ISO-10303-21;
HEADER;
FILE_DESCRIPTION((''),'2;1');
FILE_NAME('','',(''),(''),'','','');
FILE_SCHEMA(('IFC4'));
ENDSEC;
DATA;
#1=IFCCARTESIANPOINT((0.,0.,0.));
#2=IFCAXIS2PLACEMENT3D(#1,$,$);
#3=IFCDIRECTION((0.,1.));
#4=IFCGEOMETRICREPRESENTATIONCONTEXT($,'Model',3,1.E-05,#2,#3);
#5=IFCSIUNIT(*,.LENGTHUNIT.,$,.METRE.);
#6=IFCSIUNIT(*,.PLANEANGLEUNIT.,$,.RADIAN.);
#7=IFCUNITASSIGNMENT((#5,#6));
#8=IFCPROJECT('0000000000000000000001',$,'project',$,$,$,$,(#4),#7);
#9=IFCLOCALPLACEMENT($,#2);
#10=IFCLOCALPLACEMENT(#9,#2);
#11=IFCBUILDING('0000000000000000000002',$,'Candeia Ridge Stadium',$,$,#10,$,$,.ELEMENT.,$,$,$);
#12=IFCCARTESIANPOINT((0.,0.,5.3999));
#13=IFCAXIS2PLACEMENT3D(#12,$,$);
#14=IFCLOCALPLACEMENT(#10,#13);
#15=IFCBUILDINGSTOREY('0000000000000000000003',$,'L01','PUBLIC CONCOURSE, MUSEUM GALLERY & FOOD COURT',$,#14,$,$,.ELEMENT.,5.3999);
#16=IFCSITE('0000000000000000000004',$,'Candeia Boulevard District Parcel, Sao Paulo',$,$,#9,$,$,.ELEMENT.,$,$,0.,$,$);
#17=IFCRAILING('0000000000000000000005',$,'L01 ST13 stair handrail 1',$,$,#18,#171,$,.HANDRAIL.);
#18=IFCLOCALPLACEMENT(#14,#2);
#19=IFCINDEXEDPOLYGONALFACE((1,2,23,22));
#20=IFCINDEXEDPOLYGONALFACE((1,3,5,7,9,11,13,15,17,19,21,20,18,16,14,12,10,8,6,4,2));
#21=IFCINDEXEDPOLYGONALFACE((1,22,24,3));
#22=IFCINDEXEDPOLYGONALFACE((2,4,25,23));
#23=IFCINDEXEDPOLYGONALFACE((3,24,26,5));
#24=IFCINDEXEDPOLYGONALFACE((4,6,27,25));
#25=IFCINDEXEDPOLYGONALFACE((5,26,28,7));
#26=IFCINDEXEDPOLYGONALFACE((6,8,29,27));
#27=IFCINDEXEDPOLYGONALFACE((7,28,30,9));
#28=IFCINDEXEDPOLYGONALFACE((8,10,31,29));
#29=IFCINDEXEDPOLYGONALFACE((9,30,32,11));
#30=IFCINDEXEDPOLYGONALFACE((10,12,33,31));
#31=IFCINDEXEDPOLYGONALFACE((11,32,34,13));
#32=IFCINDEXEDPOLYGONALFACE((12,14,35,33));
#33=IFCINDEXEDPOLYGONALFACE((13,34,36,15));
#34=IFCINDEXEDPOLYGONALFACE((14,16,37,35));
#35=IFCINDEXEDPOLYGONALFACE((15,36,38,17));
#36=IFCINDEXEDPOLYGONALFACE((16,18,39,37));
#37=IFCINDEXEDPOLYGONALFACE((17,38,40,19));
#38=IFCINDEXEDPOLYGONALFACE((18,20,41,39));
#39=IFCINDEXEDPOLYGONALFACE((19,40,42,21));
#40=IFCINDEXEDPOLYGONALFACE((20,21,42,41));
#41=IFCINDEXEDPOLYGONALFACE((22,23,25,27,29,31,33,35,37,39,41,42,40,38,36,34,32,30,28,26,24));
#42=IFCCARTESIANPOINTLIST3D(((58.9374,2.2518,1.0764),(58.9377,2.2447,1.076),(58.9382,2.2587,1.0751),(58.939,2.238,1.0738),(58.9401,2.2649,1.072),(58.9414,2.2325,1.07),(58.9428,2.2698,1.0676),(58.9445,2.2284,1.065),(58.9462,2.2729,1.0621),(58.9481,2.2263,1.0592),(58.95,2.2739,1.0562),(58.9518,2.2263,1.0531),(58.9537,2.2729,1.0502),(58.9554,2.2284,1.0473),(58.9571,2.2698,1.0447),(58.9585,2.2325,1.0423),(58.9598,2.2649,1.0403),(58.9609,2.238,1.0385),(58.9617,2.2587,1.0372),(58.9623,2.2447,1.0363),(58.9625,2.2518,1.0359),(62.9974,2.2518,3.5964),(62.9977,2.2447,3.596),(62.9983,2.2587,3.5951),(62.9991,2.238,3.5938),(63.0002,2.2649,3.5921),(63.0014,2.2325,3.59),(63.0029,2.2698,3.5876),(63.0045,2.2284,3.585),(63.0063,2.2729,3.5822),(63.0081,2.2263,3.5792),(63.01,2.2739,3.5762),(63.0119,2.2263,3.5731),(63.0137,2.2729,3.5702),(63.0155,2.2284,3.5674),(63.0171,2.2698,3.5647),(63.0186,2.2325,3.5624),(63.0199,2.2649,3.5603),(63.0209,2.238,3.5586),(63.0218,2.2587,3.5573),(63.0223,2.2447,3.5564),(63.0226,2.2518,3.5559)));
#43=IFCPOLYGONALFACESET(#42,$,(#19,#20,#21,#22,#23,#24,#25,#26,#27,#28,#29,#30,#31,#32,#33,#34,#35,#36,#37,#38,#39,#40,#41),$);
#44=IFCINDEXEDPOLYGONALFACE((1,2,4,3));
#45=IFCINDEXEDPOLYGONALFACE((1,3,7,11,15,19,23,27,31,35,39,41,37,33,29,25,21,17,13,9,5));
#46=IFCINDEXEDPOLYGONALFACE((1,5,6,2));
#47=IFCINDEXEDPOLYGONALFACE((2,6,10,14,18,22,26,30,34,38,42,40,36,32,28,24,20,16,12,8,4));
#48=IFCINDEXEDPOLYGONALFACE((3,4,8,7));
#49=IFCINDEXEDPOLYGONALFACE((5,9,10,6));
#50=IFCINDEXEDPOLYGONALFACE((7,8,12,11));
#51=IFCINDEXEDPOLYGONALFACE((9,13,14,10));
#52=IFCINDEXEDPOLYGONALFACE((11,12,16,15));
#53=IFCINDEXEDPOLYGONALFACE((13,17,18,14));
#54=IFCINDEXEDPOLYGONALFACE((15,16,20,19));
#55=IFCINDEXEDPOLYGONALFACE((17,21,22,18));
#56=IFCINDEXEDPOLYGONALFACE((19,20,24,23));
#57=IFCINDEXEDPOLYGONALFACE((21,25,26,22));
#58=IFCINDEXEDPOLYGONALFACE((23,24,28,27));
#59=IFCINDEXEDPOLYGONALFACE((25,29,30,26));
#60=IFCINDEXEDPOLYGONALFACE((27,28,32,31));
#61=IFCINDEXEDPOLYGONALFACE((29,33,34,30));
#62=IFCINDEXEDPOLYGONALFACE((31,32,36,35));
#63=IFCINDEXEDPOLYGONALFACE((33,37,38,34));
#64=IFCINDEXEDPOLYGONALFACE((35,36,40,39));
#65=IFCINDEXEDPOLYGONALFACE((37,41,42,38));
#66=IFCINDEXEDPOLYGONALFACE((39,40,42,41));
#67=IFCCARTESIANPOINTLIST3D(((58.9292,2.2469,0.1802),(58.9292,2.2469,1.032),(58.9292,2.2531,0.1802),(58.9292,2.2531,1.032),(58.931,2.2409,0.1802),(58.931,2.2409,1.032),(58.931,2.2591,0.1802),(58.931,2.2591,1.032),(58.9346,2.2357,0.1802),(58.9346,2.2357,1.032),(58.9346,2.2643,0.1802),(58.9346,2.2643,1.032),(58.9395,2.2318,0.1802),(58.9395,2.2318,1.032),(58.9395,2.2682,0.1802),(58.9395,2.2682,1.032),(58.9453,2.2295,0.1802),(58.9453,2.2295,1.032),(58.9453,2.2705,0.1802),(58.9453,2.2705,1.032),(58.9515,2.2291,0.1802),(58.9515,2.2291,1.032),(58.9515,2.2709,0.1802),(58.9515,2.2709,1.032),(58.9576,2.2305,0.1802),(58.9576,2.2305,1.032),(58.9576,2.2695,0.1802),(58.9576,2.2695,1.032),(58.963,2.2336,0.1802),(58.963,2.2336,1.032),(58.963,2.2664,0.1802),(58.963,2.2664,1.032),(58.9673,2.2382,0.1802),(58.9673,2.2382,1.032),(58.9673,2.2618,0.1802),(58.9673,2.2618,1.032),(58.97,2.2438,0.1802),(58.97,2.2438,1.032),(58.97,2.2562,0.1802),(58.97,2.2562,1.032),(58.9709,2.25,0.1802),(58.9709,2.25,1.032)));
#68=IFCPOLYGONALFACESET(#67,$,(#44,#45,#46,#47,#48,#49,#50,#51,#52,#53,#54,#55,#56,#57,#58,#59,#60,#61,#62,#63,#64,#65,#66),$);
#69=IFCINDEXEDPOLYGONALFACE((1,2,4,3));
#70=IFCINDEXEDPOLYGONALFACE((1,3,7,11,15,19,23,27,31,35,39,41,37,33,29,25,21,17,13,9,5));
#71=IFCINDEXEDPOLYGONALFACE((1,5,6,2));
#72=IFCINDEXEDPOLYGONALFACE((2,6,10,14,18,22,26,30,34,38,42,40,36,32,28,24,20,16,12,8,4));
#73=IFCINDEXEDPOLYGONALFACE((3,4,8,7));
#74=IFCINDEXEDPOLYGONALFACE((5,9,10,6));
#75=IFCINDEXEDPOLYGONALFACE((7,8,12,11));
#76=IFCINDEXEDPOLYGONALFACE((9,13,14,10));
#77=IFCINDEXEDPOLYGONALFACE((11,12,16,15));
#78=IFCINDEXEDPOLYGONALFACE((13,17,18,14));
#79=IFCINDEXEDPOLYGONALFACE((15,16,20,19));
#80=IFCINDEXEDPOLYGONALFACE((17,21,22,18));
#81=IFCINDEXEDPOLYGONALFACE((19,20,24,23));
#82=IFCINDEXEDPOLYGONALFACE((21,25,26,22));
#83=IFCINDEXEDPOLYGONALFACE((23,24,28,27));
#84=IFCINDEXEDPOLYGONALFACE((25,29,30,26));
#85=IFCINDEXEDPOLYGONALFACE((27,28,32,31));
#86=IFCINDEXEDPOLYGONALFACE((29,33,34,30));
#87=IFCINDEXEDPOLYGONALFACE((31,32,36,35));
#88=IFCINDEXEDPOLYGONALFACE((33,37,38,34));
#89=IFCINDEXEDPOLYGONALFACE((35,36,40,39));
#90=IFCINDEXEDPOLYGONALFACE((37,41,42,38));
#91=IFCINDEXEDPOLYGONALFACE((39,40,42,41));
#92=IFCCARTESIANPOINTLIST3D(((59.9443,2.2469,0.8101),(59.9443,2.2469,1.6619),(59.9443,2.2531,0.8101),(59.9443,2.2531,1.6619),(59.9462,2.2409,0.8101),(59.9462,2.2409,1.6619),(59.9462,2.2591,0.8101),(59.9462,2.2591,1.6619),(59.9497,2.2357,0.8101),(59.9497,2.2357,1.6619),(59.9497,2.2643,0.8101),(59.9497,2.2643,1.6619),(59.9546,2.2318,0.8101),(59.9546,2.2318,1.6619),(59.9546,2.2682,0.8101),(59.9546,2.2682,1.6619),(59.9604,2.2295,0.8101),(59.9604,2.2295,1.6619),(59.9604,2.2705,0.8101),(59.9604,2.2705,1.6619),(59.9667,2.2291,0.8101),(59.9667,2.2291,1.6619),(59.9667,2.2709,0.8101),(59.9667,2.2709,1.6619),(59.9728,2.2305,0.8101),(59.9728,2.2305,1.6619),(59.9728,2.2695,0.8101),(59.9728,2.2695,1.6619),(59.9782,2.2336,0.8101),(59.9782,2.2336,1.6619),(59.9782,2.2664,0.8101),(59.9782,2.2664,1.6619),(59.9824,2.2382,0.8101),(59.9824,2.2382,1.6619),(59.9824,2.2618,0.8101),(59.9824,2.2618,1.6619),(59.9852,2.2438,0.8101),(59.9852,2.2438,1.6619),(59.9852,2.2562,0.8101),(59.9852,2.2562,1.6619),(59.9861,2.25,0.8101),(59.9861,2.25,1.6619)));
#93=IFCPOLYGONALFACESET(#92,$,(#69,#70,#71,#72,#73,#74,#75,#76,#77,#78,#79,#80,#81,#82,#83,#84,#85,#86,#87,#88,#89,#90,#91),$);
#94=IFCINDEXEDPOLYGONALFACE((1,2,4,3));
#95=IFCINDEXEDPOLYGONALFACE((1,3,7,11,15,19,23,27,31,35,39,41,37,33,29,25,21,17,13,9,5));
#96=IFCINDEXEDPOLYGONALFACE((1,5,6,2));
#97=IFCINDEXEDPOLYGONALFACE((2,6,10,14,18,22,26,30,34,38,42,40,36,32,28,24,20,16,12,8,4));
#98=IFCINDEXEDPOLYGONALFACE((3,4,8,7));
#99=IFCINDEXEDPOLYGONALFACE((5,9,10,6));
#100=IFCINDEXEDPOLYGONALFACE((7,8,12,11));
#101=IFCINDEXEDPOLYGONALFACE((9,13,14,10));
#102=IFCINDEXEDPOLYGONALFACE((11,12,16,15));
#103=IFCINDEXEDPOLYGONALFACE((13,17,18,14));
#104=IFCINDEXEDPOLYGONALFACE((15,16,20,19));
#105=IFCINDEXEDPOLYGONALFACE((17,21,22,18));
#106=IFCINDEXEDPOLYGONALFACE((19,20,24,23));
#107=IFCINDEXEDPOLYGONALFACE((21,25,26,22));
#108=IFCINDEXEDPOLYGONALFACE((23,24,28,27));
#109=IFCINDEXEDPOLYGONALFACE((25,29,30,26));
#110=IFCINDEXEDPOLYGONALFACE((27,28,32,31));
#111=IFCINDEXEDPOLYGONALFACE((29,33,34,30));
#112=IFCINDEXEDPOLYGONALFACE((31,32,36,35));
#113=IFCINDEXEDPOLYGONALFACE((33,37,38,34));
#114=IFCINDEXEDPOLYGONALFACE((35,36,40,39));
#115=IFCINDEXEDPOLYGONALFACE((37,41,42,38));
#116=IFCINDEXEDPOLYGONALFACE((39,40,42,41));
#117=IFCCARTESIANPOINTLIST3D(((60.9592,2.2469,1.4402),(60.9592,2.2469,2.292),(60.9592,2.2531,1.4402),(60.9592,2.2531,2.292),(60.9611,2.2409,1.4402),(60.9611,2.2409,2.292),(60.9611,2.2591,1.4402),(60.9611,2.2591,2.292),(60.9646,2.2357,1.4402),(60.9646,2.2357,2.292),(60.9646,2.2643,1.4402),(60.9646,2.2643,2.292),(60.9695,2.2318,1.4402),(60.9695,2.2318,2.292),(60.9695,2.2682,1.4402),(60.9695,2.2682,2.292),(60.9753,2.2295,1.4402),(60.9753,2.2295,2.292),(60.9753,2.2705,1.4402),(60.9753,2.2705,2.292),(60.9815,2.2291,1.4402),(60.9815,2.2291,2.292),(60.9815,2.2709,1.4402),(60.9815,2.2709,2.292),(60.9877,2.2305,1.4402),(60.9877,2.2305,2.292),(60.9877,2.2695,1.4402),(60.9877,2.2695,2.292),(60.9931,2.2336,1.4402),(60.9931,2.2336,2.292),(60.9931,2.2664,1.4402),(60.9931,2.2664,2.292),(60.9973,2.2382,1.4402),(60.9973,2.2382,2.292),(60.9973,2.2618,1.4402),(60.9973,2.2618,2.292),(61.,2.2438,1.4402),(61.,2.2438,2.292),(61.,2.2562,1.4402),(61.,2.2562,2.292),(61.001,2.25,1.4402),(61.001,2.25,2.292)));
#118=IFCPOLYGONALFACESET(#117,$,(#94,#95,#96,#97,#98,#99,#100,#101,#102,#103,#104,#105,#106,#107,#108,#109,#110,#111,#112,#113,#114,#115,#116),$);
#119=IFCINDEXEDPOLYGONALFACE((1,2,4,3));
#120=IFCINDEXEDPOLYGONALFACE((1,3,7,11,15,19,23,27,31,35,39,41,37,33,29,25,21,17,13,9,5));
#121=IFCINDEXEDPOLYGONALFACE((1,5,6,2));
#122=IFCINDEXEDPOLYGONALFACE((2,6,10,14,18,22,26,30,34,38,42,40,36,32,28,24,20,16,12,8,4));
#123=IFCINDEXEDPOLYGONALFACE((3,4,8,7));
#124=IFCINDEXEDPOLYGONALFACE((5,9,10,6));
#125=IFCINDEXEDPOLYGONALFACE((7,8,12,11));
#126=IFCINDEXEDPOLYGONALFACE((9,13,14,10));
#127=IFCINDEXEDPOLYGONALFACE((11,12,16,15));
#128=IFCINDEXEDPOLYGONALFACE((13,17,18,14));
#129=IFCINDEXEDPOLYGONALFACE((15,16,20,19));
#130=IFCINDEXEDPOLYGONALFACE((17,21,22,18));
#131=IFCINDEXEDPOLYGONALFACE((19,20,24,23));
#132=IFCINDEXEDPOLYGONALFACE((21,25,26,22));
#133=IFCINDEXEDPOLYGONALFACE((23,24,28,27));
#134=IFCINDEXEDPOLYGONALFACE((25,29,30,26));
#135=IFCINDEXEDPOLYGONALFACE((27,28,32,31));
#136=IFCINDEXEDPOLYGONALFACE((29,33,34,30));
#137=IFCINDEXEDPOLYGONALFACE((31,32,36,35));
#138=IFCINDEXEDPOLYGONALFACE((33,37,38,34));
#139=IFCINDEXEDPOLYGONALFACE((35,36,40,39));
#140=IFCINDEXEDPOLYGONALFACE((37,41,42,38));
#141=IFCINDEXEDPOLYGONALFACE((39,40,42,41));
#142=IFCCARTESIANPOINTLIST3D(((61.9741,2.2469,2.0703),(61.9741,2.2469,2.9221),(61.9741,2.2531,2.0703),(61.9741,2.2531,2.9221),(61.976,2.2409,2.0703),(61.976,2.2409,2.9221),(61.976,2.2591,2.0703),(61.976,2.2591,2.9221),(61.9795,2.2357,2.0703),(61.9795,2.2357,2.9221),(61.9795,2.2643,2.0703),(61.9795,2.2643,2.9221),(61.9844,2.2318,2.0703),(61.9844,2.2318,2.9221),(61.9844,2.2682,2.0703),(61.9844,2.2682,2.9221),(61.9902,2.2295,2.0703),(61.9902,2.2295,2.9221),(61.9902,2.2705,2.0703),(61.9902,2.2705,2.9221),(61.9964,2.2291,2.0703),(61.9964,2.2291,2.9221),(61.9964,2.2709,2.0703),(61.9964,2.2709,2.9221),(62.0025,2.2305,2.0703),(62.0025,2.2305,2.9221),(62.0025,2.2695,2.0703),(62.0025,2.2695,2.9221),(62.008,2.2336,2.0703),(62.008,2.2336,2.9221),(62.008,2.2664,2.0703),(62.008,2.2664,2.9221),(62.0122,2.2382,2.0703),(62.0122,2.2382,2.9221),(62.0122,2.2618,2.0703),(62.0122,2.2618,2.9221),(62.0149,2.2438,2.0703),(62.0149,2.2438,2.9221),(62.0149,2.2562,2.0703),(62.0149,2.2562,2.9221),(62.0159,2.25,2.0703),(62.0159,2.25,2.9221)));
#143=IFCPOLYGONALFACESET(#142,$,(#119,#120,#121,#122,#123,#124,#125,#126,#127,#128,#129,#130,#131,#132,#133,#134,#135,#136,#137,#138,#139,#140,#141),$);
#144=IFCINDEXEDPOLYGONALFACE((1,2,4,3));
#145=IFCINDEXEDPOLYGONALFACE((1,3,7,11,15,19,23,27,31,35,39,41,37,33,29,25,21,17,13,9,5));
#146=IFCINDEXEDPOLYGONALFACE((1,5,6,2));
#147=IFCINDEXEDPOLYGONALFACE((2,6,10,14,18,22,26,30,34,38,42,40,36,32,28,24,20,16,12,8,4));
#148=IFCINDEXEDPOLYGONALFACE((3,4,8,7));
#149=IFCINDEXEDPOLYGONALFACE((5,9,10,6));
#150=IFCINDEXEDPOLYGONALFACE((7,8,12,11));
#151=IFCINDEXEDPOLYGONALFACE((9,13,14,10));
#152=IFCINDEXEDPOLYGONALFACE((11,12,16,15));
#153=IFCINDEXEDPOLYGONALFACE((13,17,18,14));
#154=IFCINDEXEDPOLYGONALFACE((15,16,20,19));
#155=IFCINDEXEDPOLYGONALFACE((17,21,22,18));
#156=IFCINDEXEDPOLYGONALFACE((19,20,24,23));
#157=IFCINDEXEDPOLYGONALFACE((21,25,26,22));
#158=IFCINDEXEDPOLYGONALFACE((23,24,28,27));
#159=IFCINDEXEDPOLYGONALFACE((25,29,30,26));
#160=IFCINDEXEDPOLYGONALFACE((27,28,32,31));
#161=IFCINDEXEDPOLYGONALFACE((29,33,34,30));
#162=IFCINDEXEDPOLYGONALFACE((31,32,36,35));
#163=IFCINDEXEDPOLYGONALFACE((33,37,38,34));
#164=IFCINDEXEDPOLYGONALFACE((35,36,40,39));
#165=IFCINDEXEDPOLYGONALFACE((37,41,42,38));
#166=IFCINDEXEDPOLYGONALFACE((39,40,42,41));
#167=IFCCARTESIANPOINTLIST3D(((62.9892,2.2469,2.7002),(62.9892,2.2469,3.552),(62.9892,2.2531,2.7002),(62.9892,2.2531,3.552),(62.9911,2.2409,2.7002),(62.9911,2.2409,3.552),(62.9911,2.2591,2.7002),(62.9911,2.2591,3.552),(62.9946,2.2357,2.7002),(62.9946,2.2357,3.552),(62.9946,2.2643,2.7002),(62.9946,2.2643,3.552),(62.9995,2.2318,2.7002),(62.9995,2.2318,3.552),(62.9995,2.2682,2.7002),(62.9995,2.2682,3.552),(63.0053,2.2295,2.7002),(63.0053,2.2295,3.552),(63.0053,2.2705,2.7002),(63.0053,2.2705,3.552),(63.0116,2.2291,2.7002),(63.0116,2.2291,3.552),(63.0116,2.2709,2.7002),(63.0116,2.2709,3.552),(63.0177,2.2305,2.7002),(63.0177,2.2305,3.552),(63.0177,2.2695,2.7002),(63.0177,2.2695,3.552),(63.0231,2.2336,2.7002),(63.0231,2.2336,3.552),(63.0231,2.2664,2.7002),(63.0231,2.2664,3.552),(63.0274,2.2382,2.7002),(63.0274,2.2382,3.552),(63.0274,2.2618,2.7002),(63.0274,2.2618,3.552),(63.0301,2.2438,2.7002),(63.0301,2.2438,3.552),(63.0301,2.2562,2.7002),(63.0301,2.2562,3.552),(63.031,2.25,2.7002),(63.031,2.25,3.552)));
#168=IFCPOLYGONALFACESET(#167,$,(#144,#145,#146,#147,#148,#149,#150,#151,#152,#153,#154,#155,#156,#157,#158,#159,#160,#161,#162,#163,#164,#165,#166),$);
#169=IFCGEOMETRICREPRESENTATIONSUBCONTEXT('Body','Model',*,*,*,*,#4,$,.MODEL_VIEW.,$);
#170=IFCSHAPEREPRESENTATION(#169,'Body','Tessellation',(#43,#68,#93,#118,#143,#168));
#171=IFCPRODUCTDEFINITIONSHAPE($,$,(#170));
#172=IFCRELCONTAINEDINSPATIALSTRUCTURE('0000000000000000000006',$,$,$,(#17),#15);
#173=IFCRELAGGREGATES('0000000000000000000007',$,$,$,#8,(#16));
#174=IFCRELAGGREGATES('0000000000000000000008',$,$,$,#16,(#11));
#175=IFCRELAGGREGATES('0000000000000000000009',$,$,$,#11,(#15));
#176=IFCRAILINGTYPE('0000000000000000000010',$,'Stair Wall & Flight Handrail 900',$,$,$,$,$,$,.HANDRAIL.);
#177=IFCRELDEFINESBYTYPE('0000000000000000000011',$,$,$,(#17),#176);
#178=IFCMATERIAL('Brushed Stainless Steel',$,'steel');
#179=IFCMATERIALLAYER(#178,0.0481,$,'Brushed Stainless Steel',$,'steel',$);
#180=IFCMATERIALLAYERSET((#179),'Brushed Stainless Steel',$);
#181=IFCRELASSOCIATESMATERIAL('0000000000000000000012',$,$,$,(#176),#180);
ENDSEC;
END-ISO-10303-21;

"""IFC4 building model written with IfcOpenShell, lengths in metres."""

from ifc_helpers import new_model, si_unit, direction, frame, origin, origin_2d, place, context, subcontext, project, spatial, circle, extrude, material, layer, layer_set, type_object, element, save


model = new_model("IFC4")

# Units and contexts
model_context = context("Model", 3, precision=1e-05, world=origin(), true_north=direction((0.0, 1.0)))
body_context = subcontext(model_context, "Body", "Model", "MODEL_VIEW")
ifc_project = project(units=[si_unit("LENGTHUNIT", "METRE"), si_unit("PLANEANGLEUNIT", "RADIAN")], contexts=[model_context])

# Site, building, storey
site_placement = place(None, origin())
site = spatial("IfcSite", under=ifc_project, at=site_placement, Name="Candeia Boulevard District Parcel, Sao Paulo", CompositionType="ELEMENT", RefElevation=0.0)
building_placement = place(site_placement, origin())
building = spatial("IfcBuilding", under=site, at=building_placement, Name="Candeia Ridge Stadium", CompositionType="ELEMENT")
storey_placement = place(building_placement, frame((0.0, 0.0, 5.3999)))
storey = spatial("IfcBuildingStorey", under=building, at=storey_placement, Name="L01", Description="PUBLIC CONCOURSE, MUSEUM GALLERY & FOOD COURT", CompositionType="ELEMENT", Elevation=5.3999)

# Railing
ifc_material_1 = material(Name="Brushed Stainless Steel", Category="steel")
ifc_layer_1 = layer(ifc_material_1, 0.0481, Name="Brushed Stainless Steel", Category="steel")
ifc_layer_set_1 = layer_set([ifc_layer_1], Name="Brushed Stainless Steel")
railing_type_1 = type_object("IfcRailingType", Name="Stair Wall & Flight Handrail 900", PredefinedType="HANDRAIL", material=ifc_layer_set_1)
railing_1_placement = place(storey_placement, frame((58.95, 2.25, 0.1802)))
element("IfcRailing", 1, at=railing_1_placement, inside=storey, type_object=railing_type_1, Name="L01 ST13 stair handrail 1", PredefinedType="HANDRAIL", context=body_context, shape_type="SweptSolid", body=[
    extrude(circle(Radius=0.0239, at=origin_2d()), frame((0.0, 0.0, 0.876), z_axis=(0.849642, 0.0, 0.52736), x_axis=(0.0, 1.0, 0.0)), (0.0, 0.0, 1.0), 4.7786),
    extrude(circle(Radius=0.021, at=origin_2d()), origin(), (0.0, 0.0, 1.0), 0.8518),
    extrude(circle(Radius=0.021, at=origin_2d()), frame((1.0151, 0.0, 0.6299)), (0.0, 0.0, 1.0), 0.8518),
    extrude(circle(Radius=0.021, at=origin_2d()), frame((2.03, 0.0, 1.26)), (0.0, 0.0, 1.0), 0.8518),
    extrude(circle(Radius=0.021, at=origin_2d()), frame((3.0449, 0.0, 1.8901)), (0.0, 0.0, 1.0), 0.8518),
    extrude(circle(Radius=0.021, at=origin_2d()), frame((4.0601, 0.0, 2.52)), (0.0, 0.0, 1.0), 0.8518),
])

save(model, "model.ifc")
